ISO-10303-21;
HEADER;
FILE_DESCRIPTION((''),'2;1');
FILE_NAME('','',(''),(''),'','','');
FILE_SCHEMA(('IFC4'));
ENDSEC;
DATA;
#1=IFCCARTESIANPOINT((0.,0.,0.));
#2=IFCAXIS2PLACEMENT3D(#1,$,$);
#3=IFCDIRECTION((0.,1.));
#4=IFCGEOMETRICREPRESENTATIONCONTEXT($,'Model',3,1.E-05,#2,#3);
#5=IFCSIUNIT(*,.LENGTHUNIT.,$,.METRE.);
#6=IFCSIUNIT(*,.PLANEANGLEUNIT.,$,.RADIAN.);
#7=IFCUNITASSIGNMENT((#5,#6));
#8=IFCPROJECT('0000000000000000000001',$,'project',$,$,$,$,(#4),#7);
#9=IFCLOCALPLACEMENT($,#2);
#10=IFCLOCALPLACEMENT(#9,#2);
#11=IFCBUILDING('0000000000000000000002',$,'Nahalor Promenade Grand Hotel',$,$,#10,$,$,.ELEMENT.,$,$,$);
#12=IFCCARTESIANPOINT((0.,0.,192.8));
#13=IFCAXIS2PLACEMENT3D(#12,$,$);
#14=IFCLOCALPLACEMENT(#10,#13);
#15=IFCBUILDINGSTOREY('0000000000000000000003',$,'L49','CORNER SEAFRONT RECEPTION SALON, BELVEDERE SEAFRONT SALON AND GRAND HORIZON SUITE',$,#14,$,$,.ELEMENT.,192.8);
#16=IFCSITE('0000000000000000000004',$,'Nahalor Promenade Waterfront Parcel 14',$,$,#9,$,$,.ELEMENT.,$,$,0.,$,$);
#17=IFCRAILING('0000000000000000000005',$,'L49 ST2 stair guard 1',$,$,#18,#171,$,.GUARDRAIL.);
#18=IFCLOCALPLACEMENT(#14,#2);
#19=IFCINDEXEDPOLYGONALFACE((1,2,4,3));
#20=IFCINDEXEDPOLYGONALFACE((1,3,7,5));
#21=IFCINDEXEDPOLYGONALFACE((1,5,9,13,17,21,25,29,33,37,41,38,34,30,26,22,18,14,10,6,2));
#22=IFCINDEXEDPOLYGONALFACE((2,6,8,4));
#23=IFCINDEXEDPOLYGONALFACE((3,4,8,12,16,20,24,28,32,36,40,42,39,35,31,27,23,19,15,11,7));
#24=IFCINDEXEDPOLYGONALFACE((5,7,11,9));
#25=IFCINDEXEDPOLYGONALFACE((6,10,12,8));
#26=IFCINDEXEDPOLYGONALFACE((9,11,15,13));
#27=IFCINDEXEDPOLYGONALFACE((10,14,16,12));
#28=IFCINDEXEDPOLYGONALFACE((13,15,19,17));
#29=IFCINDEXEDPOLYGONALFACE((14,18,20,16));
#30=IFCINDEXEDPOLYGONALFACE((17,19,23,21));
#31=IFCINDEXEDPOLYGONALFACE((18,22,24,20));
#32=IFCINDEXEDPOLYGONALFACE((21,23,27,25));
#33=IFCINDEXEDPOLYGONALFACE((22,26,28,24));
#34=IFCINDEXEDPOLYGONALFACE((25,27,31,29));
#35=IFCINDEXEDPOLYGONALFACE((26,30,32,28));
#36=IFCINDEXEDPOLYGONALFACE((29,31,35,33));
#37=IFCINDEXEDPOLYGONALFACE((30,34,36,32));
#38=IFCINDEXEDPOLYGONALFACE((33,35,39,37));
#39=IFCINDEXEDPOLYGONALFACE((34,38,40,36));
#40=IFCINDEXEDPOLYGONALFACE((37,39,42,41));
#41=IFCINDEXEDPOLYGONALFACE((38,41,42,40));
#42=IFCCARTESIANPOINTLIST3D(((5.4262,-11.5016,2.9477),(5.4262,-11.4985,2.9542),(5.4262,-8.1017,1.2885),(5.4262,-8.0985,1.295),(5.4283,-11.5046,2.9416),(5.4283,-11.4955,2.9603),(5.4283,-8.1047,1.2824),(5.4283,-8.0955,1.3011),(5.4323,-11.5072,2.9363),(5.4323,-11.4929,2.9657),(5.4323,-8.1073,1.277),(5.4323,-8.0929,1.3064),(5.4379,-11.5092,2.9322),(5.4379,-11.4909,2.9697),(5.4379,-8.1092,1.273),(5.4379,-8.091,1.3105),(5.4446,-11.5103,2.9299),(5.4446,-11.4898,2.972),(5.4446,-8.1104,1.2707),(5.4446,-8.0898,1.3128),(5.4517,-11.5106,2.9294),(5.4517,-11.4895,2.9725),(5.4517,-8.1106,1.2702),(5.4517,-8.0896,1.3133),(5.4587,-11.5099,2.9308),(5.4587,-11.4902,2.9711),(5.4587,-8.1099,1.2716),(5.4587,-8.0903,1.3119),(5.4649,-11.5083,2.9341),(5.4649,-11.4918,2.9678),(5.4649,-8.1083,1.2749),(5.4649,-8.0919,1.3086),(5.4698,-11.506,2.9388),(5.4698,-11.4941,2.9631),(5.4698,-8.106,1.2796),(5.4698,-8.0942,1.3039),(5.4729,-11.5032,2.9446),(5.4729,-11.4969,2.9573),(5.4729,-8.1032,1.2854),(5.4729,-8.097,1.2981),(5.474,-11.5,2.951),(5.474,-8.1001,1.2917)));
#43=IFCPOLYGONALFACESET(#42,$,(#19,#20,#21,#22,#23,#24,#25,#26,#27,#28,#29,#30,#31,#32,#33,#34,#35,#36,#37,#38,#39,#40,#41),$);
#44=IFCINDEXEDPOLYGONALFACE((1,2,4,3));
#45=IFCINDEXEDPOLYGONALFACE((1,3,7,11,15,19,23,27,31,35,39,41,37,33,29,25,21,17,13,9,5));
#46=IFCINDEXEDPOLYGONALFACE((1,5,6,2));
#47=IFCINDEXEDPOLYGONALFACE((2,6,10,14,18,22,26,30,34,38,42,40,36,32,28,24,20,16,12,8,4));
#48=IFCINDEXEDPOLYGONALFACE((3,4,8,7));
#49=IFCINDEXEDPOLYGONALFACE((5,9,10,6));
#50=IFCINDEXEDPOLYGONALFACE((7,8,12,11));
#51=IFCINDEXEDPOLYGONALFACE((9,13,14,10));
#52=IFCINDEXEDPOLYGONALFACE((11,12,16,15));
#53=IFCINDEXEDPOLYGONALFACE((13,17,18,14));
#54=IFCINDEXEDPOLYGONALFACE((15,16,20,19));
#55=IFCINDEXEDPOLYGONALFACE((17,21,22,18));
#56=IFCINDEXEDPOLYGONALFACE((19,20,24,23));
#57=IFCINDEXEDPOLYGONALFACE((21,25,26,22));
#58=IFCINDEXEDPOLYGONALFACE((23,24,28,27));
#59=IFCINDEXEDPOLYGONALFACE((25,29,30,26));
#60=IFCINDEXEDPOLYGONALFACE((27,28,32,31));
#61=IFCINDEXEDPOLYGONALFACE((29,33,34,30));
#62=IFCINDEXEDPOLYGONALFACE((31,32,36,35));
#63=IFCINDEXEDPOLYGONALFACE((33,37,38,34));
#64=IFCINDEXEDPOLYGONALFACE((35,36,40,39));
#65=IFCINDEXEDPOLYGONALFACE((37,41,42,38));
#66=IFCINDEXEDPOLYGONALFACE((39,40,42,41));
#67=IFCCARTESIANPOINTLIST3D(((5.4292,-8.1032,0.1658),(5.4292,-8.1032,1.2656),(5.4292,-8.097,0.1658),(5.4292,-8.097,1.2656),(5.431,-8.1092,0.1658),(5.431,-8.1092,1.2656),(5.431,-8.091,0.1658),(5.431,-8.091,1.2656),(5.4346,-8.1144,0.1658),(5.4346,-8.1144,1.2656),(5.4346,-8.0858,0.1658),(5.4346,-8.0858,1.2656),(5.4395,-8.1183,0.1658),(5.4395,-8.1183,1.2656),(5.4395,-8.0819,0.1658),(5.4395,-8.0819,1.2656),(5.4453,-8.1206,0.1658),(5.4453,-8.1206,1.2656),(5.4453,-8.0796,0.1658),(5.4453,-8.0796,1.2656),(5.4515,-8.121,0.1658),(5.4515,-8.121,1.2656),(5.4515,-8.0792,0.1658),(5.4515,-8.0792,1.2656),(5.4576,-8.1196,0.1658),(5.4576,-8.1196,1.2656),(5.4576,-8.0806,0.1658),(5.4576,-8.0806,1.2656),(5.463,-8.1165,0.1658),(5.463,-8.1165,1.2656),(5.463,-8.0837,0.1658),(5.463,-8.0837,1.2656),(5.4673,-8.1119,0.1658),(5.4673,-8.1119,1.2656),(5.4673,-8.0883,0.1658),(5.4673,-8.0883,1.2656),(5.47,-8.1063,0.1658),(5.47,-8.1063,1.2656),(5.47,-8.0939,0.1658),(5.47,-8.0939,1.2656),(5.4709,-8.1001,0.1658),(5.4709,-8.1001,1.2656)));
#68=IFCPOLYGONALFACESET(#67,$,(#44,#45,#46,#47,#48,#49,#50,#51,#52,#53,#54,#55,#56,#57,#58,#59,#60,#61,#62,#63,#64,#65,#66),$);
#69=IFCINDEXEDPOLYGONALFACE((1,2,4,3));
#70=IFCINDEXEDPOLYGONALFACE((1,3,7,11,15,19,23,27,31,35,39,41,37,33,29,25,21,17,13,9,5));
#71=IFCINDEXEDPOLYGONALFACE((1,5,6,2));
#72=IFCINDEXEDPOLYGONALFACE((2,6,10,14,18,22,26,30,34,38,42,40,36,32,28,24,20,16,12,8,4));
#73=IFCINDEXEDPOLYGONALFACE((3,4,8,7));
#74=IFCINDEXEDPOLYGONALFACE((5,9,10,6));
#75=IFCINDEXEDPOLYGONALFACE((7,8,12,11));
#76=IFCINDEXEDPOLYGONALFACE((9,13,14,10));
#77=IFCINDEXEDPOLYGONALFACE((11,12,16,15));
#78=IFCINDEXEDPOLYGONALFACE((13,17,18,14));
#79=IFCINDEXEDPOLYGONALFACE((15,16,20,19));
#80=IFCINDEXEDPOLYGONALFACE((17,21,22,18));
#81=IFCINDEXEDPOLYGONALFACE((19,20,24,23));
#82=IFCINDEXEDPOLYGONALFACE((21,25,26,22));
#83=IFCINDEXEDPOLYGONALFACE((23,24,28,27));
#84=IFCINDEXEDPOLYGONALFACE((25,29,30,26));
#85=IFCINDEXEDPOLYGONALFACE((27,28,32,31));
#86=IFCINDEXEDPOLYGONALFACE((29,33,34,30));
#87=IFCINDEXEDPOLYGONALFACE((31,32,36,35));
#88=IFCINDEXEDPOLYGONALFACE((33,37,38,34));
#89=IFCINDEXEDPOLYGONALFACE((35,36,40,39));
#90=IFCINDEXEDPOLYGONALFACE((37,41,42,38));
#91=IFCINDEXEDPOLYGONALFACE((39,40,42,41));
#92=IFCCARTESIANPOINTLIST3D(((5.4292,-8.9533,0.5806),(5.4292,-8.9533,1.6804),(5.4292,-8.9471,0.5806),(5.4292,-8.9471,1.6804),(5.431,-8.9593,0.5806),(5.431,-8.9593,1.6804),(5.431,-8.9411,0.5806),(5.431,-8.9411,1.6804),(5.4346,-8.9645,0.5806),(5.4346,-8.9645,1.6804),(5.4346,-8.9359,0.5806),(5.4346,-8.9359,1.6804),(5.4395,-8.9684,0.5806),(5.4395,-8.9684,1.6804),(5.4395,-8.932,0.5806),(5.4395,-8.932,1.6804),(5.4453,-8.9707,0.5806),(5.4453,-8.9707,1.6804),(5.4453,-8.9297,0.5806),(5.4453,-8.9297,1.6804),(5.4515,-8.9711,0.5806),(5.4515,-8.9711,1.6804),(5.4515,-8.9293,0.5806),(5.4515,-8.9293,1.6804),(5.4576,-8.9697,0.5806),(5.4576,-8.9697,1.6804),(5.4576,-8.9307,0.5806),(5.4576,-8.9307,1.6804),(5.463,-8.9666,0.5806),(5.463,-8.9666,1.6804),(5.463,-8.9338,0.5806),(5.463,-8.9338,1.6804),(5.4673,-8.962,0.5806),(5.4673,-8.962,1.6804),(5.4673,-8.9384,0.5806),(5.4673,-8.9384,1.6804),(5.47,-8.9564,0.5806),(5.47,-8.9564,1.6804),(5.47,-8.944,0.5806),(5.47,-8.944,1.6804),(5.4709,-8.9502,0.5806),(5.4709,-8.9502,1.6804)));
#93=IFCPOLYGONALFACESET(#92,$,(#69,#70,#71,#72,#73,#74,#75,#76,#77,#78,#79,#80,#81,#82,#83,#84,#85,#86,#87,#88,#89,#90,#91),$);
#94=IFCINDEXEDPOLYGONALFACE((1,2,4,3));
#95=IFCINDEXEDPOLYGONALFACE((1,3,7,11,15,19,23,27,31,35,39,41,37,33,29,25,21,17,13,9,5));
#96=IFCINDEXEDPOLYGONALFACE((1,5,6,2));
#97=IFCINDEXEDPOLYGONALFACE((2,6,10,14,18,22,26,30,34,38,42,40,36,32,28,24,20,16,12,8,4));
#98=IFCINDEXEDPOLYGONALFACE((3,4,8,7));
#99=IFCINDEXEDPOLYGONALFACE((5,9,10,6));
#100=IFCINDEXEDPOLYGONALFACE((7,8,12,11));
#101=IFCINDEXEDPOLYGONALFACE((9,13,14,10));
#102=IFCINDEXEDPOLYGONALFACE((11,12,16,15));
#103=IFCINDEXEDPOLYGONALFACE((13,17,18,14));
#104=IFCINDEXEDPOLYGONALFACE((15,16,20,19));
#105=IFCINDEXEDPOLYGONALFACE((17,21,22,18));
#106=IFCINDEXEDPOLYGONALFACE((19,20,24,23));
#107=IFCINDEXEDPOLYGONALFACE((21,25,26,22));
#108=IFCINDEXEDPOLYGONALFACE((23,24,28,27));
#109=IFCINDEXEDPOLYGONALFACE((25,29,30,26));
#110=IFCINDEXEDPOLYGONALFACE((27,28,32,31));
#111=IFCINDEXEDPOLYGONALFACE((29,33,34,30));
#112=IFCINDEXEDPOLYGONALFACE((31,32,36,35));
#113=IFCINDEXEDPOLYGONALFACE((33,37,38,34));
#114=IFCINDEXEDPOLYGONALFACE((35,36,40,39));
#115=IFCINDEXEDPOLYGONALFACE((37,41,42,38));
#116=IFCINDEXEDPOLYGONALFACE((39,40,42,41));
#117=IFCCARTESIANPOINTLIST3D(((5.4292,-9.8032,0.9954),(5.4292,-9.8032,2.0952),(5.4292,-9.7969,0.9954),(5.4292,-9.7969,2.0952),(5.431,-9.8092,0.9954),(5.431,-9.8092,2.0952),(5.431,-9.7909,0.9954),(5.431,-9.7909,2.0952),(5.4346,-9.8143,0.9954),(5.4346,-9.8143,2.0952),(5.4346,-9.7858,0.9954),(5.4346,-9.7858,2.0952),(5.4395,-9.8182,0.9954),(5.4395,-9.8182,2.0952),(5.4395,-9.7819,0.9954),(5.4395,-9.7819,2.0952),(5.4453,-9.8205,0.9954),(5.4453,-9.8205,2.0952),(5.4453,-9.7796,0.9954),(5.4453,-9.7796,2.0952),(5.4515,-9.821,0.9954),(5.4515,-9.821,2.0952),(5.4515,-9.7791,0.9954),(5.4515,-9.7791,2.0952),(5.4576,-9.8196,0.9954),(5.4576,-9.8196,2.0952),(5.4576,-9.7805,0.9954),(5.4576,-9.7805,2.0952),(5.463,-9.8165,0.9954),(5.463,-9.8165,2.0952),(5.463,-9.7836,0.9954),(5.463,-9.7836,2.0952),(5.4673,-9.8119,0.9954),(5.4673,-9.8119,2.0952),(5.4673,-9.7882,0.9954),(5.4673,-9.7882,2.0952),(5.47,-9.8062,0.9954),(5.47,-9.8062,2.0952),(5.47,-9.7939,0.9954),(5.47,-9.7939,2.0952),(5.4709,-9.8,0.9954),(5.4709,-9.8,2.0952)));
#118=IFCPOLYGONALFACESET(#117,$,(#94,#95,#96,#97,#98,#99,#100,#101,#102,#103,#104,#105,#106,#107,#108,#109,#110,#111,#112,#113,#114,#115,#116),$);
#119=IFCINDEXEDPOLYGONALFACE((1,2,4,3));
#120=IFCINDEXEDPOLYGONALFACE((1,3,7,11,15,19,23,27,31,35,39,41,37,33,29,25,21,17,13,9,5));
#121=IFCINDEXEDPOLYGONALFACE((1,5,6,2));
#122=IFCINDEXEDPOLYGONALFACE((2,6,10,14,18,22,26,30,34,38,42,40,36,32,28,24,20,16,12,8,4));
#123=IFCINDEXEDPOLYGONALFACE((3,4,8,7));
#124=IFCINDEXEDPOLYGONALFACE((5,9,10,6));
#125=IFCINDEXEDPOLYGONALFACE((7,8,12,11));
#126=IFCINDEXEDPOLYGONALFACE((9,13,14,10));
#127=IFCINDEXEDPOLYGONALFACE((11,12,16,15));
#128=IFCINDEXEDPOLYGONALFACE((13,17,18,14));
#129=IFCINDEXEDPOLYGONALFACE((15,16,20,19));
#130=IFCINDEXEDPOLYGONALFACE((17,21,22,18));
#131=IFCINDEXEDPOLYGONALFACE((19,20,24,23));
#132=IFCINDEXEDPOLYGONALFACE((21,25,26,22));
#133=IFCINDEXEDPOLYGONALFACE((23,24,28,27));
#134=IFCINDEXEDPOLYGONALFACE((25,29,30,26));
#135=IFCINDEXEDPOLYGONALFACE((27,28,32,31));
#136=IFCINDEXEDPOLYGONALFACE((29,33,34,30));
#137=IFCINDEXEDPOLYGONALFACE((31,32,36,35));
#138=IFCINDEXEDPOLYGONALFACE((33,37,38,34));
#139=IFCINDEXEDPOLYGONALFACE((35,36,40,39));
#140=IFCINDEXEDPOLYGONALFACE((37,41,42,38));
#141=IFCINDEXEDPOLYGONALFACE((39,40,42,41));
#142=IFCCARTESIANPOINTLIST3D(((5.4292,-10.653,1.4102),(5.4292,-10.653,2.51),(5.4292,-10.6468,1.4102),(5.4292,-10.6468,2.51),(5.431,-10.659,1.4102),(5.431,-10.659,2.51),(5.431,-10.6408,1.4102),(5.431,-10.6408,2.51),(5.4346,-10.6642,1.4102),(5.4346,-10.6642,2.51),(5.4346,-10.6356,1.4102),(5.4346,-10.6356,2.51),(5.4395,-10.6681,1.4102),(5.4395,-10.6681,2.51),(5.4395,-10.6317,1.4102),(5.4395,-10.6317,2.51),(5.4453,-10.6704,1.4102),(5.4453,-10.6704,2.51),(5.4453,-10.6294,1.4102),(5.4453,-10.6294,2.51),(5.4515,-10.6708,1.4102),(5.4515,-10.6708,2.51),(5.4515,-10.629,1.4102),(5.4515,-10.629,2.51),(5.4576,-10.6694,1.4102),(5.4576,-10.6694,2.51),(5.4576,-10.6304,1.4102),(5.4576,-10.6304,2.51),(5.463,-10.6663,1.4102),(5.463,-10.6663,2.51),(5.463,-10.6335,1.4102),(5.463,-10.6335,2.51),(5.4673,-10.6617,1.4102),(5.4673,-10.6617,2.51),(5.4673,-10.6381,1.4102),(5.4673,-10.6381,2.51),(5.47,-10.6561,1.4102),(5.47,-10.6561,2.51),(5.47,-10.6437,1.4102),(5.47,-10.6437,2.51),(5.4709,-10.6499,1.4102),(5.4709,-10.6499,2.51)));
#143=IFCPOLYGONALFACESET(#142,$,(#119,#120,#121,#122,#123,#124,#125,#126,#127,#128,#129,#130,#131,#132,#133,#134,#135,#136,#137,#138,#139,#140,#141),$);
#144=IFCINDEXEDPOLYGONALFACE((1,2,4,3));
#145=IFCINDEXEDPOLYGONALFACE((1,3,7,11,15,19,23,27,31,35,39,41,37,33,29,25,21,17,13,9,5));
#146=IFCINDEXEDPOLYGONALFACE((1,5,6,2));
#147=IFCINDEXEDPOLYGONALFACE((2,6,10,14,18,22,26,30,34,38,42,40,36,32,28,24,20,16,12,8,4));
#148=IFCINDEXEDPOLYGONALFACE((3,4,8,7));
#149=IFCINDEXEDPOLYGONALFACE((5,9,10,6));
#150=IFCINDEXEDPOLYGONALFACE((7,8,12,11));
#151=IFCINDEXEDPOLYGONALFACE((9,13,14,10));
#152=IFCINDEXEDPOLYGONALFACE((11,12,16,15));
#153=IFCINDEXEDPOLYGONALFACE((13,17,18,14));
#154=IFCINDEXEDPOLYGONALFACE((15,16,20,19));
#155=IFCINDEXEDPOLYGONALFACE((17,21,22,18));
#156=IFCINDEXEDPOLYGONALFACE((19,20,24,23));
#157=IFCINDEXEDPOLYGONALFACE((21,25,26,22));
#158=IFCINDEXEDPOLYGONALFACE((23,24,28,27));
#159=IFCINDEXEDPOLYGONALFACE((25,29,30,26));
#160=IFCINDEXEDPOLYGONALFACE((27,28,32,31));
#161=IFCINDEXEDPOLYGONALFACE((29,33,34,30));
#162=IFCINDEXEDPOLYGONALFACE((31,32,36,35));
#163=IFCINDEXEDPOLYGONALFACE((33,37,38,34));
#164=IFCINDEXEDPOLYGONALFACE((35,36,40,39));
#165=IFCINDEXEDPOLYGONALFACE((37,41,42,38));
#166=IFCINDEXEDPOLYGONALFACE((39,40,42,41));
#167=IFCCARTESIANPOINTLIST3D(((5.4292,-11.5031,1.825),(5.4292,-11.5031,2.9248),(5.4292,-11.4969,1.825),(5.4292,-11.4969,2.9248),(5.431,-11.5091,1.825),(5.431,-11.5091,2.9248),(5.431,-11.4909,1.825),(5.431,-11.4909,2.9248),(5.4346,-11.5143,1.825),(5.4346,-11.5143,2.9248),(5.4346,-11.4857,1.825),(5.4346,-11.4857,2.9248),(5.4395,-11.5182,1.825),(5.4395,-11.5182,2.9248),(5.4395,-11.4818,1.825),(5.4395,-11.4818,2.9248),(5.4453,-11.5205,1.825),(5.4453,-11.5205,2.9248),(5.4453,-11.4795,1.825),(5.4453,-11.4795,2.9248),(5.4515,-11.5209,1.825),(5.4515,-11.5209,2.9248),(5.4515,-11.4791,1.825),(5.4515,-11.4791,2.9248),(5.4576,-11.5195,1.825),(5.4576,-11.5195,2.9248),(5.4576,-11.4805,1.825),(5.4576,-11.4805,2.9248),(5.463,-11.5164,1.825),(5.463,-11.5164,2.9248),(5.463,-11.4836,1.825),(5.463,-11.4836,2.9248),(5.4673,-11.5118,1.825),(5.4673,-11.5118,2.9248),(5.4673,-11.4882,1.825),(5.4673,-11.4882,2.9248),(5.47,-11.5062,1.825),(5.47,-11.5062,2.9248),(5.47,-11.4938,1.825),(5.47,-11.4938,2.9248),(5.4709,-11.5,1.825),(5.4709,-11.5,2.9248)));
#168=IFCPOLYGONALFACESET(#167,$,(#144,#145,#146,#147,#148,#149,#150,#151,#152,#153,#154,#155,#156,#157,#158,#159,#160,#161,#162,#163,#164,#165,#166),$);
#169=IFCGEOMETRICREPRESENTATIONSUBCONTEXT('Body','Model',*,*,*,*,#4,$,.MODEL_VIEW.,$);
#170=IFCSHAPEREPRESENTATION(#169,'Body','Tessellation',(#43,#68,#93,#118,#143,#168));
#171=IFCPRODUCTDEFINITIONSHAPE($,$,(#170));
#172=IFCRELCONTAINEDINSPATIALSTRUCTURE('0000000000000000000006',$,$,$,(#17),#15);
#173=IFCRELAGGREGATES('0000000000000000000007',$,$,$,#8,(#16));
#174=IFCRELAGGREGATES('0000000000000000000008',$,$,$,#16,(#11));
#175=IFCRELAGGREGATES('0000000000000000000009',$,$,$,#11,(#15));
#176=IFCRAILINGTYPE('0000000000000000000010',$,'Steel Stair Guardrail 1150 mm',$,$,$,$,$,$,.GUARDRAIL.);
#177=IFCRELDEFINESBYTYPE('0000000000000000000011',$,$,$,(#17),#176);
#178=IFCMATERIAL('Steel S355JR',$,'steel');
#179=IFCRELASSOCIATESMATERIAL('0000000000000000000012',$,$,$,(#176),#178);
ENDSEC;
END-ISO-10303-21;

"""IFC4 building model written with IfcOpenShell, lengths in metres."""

from ifc_helpers import new_model, si_unit, direction, frame, origin, origin_2d, place, context, subcontext, project, spatial, circle, extrude, material, type_object, element, save


model = new_model("IFC4")

# Units and contexts
model_context = context("Model", 3, precision=1e-05, world=origin(), true_north=direction((0.0, 1.0)))
body_context = subcontext(model_context, "Body", "Model", "MODEL_VIEW")
ifc_project = project(units=[si_unit("LENGTHUNIT", "METRE"), si_unit("PLANEANGLEUNIT", "RADIAN")], contexts=[model_context])

# Site, building, storey
site_placement = place(None, origin())
site = spatial("IfcSite", under=ifc_project, at=site_placement, Name="Nahalor Promenade Waterfront Parcel 14", CompositionType="ELEMENT", RefElevation=0.0)
building_placement = place(site_placement, origin())
building = spatial("IfcBuilding", under=site, at=building_placement, Name="Nahalor Promenade Grand Hotel", CompositionType="ELEMENT")
storey_placement = place(building_placement, frame((0.0, 0.0, 192.8)))
storey = spatial("IfcBuildingStorey", under=building, at=storey_placement, Name="L49", Description="CORNER SEAFRONT RECEPTION SALON, BELVEDERE SEAFRONT SALON AND GRAND HORIZON SUITE", CompositionType="ELEMENT", Elevation=192.8)

# Shared definitions
ifc_material_1 = material(Name="Steel S355JR", Category="steel")

# Railing
railing_type_1 = type_object("IfcRailingType", Name="Steel Stair Guardrail 1150 mm", PredefinedType="GUARDRAIL", material=ifc_material_1)
railing_1_placement = place(storey_placement, frame((5.45, -8.1001, 0.1658)))
element("IfcRailing", 1, at=railing_1_placement, inside=storey, type_object=railing_type_1, Name="L49 ST2 stair guard 1", PredefinedType="GUARDRAIL", context=body_context, shape_type="SweptSolid", body=[
    extrude(circle(Radius=0.024, at=origin_2d()), frame((0.0, 0.0, 1.126), z_axis=(0.0, -0.898696, 0.438571), x_axis=(1.0, 0.0, 0.0)), (0.0, 0.0, 1.0), 3.7832),
    extrude(circle(Radius=0.021, at=origin_2d()), origin(), (0.0, 0.0, 1.0), 1.0999),
    extrude(circle(Radius=0.021, at=origin_2d()), frame((0.0, -0.8501, 0.4148)), (0.0, 0.0, 1.0), 1.0999),
    extrude(circle(Radius=0.021, at=origin_2d()), frame((0.0, -1.7, 0.8296)), (0.0, 0.0, 1.0), 1.0999),
    extrude(circle(Radius=0.021, at=origin_2d()), frame((0.0, -2.5498, 1.2444)), (0.0, 0.0, 1.0), 1.0999),
    extrude(circle(Radius=0.021, at=origin_2d()), frame((0.0, -3.3999, 1.6592)), (0.0, 0.0, 1.0), 1.0999),
])

save(model, "model.ifc")
